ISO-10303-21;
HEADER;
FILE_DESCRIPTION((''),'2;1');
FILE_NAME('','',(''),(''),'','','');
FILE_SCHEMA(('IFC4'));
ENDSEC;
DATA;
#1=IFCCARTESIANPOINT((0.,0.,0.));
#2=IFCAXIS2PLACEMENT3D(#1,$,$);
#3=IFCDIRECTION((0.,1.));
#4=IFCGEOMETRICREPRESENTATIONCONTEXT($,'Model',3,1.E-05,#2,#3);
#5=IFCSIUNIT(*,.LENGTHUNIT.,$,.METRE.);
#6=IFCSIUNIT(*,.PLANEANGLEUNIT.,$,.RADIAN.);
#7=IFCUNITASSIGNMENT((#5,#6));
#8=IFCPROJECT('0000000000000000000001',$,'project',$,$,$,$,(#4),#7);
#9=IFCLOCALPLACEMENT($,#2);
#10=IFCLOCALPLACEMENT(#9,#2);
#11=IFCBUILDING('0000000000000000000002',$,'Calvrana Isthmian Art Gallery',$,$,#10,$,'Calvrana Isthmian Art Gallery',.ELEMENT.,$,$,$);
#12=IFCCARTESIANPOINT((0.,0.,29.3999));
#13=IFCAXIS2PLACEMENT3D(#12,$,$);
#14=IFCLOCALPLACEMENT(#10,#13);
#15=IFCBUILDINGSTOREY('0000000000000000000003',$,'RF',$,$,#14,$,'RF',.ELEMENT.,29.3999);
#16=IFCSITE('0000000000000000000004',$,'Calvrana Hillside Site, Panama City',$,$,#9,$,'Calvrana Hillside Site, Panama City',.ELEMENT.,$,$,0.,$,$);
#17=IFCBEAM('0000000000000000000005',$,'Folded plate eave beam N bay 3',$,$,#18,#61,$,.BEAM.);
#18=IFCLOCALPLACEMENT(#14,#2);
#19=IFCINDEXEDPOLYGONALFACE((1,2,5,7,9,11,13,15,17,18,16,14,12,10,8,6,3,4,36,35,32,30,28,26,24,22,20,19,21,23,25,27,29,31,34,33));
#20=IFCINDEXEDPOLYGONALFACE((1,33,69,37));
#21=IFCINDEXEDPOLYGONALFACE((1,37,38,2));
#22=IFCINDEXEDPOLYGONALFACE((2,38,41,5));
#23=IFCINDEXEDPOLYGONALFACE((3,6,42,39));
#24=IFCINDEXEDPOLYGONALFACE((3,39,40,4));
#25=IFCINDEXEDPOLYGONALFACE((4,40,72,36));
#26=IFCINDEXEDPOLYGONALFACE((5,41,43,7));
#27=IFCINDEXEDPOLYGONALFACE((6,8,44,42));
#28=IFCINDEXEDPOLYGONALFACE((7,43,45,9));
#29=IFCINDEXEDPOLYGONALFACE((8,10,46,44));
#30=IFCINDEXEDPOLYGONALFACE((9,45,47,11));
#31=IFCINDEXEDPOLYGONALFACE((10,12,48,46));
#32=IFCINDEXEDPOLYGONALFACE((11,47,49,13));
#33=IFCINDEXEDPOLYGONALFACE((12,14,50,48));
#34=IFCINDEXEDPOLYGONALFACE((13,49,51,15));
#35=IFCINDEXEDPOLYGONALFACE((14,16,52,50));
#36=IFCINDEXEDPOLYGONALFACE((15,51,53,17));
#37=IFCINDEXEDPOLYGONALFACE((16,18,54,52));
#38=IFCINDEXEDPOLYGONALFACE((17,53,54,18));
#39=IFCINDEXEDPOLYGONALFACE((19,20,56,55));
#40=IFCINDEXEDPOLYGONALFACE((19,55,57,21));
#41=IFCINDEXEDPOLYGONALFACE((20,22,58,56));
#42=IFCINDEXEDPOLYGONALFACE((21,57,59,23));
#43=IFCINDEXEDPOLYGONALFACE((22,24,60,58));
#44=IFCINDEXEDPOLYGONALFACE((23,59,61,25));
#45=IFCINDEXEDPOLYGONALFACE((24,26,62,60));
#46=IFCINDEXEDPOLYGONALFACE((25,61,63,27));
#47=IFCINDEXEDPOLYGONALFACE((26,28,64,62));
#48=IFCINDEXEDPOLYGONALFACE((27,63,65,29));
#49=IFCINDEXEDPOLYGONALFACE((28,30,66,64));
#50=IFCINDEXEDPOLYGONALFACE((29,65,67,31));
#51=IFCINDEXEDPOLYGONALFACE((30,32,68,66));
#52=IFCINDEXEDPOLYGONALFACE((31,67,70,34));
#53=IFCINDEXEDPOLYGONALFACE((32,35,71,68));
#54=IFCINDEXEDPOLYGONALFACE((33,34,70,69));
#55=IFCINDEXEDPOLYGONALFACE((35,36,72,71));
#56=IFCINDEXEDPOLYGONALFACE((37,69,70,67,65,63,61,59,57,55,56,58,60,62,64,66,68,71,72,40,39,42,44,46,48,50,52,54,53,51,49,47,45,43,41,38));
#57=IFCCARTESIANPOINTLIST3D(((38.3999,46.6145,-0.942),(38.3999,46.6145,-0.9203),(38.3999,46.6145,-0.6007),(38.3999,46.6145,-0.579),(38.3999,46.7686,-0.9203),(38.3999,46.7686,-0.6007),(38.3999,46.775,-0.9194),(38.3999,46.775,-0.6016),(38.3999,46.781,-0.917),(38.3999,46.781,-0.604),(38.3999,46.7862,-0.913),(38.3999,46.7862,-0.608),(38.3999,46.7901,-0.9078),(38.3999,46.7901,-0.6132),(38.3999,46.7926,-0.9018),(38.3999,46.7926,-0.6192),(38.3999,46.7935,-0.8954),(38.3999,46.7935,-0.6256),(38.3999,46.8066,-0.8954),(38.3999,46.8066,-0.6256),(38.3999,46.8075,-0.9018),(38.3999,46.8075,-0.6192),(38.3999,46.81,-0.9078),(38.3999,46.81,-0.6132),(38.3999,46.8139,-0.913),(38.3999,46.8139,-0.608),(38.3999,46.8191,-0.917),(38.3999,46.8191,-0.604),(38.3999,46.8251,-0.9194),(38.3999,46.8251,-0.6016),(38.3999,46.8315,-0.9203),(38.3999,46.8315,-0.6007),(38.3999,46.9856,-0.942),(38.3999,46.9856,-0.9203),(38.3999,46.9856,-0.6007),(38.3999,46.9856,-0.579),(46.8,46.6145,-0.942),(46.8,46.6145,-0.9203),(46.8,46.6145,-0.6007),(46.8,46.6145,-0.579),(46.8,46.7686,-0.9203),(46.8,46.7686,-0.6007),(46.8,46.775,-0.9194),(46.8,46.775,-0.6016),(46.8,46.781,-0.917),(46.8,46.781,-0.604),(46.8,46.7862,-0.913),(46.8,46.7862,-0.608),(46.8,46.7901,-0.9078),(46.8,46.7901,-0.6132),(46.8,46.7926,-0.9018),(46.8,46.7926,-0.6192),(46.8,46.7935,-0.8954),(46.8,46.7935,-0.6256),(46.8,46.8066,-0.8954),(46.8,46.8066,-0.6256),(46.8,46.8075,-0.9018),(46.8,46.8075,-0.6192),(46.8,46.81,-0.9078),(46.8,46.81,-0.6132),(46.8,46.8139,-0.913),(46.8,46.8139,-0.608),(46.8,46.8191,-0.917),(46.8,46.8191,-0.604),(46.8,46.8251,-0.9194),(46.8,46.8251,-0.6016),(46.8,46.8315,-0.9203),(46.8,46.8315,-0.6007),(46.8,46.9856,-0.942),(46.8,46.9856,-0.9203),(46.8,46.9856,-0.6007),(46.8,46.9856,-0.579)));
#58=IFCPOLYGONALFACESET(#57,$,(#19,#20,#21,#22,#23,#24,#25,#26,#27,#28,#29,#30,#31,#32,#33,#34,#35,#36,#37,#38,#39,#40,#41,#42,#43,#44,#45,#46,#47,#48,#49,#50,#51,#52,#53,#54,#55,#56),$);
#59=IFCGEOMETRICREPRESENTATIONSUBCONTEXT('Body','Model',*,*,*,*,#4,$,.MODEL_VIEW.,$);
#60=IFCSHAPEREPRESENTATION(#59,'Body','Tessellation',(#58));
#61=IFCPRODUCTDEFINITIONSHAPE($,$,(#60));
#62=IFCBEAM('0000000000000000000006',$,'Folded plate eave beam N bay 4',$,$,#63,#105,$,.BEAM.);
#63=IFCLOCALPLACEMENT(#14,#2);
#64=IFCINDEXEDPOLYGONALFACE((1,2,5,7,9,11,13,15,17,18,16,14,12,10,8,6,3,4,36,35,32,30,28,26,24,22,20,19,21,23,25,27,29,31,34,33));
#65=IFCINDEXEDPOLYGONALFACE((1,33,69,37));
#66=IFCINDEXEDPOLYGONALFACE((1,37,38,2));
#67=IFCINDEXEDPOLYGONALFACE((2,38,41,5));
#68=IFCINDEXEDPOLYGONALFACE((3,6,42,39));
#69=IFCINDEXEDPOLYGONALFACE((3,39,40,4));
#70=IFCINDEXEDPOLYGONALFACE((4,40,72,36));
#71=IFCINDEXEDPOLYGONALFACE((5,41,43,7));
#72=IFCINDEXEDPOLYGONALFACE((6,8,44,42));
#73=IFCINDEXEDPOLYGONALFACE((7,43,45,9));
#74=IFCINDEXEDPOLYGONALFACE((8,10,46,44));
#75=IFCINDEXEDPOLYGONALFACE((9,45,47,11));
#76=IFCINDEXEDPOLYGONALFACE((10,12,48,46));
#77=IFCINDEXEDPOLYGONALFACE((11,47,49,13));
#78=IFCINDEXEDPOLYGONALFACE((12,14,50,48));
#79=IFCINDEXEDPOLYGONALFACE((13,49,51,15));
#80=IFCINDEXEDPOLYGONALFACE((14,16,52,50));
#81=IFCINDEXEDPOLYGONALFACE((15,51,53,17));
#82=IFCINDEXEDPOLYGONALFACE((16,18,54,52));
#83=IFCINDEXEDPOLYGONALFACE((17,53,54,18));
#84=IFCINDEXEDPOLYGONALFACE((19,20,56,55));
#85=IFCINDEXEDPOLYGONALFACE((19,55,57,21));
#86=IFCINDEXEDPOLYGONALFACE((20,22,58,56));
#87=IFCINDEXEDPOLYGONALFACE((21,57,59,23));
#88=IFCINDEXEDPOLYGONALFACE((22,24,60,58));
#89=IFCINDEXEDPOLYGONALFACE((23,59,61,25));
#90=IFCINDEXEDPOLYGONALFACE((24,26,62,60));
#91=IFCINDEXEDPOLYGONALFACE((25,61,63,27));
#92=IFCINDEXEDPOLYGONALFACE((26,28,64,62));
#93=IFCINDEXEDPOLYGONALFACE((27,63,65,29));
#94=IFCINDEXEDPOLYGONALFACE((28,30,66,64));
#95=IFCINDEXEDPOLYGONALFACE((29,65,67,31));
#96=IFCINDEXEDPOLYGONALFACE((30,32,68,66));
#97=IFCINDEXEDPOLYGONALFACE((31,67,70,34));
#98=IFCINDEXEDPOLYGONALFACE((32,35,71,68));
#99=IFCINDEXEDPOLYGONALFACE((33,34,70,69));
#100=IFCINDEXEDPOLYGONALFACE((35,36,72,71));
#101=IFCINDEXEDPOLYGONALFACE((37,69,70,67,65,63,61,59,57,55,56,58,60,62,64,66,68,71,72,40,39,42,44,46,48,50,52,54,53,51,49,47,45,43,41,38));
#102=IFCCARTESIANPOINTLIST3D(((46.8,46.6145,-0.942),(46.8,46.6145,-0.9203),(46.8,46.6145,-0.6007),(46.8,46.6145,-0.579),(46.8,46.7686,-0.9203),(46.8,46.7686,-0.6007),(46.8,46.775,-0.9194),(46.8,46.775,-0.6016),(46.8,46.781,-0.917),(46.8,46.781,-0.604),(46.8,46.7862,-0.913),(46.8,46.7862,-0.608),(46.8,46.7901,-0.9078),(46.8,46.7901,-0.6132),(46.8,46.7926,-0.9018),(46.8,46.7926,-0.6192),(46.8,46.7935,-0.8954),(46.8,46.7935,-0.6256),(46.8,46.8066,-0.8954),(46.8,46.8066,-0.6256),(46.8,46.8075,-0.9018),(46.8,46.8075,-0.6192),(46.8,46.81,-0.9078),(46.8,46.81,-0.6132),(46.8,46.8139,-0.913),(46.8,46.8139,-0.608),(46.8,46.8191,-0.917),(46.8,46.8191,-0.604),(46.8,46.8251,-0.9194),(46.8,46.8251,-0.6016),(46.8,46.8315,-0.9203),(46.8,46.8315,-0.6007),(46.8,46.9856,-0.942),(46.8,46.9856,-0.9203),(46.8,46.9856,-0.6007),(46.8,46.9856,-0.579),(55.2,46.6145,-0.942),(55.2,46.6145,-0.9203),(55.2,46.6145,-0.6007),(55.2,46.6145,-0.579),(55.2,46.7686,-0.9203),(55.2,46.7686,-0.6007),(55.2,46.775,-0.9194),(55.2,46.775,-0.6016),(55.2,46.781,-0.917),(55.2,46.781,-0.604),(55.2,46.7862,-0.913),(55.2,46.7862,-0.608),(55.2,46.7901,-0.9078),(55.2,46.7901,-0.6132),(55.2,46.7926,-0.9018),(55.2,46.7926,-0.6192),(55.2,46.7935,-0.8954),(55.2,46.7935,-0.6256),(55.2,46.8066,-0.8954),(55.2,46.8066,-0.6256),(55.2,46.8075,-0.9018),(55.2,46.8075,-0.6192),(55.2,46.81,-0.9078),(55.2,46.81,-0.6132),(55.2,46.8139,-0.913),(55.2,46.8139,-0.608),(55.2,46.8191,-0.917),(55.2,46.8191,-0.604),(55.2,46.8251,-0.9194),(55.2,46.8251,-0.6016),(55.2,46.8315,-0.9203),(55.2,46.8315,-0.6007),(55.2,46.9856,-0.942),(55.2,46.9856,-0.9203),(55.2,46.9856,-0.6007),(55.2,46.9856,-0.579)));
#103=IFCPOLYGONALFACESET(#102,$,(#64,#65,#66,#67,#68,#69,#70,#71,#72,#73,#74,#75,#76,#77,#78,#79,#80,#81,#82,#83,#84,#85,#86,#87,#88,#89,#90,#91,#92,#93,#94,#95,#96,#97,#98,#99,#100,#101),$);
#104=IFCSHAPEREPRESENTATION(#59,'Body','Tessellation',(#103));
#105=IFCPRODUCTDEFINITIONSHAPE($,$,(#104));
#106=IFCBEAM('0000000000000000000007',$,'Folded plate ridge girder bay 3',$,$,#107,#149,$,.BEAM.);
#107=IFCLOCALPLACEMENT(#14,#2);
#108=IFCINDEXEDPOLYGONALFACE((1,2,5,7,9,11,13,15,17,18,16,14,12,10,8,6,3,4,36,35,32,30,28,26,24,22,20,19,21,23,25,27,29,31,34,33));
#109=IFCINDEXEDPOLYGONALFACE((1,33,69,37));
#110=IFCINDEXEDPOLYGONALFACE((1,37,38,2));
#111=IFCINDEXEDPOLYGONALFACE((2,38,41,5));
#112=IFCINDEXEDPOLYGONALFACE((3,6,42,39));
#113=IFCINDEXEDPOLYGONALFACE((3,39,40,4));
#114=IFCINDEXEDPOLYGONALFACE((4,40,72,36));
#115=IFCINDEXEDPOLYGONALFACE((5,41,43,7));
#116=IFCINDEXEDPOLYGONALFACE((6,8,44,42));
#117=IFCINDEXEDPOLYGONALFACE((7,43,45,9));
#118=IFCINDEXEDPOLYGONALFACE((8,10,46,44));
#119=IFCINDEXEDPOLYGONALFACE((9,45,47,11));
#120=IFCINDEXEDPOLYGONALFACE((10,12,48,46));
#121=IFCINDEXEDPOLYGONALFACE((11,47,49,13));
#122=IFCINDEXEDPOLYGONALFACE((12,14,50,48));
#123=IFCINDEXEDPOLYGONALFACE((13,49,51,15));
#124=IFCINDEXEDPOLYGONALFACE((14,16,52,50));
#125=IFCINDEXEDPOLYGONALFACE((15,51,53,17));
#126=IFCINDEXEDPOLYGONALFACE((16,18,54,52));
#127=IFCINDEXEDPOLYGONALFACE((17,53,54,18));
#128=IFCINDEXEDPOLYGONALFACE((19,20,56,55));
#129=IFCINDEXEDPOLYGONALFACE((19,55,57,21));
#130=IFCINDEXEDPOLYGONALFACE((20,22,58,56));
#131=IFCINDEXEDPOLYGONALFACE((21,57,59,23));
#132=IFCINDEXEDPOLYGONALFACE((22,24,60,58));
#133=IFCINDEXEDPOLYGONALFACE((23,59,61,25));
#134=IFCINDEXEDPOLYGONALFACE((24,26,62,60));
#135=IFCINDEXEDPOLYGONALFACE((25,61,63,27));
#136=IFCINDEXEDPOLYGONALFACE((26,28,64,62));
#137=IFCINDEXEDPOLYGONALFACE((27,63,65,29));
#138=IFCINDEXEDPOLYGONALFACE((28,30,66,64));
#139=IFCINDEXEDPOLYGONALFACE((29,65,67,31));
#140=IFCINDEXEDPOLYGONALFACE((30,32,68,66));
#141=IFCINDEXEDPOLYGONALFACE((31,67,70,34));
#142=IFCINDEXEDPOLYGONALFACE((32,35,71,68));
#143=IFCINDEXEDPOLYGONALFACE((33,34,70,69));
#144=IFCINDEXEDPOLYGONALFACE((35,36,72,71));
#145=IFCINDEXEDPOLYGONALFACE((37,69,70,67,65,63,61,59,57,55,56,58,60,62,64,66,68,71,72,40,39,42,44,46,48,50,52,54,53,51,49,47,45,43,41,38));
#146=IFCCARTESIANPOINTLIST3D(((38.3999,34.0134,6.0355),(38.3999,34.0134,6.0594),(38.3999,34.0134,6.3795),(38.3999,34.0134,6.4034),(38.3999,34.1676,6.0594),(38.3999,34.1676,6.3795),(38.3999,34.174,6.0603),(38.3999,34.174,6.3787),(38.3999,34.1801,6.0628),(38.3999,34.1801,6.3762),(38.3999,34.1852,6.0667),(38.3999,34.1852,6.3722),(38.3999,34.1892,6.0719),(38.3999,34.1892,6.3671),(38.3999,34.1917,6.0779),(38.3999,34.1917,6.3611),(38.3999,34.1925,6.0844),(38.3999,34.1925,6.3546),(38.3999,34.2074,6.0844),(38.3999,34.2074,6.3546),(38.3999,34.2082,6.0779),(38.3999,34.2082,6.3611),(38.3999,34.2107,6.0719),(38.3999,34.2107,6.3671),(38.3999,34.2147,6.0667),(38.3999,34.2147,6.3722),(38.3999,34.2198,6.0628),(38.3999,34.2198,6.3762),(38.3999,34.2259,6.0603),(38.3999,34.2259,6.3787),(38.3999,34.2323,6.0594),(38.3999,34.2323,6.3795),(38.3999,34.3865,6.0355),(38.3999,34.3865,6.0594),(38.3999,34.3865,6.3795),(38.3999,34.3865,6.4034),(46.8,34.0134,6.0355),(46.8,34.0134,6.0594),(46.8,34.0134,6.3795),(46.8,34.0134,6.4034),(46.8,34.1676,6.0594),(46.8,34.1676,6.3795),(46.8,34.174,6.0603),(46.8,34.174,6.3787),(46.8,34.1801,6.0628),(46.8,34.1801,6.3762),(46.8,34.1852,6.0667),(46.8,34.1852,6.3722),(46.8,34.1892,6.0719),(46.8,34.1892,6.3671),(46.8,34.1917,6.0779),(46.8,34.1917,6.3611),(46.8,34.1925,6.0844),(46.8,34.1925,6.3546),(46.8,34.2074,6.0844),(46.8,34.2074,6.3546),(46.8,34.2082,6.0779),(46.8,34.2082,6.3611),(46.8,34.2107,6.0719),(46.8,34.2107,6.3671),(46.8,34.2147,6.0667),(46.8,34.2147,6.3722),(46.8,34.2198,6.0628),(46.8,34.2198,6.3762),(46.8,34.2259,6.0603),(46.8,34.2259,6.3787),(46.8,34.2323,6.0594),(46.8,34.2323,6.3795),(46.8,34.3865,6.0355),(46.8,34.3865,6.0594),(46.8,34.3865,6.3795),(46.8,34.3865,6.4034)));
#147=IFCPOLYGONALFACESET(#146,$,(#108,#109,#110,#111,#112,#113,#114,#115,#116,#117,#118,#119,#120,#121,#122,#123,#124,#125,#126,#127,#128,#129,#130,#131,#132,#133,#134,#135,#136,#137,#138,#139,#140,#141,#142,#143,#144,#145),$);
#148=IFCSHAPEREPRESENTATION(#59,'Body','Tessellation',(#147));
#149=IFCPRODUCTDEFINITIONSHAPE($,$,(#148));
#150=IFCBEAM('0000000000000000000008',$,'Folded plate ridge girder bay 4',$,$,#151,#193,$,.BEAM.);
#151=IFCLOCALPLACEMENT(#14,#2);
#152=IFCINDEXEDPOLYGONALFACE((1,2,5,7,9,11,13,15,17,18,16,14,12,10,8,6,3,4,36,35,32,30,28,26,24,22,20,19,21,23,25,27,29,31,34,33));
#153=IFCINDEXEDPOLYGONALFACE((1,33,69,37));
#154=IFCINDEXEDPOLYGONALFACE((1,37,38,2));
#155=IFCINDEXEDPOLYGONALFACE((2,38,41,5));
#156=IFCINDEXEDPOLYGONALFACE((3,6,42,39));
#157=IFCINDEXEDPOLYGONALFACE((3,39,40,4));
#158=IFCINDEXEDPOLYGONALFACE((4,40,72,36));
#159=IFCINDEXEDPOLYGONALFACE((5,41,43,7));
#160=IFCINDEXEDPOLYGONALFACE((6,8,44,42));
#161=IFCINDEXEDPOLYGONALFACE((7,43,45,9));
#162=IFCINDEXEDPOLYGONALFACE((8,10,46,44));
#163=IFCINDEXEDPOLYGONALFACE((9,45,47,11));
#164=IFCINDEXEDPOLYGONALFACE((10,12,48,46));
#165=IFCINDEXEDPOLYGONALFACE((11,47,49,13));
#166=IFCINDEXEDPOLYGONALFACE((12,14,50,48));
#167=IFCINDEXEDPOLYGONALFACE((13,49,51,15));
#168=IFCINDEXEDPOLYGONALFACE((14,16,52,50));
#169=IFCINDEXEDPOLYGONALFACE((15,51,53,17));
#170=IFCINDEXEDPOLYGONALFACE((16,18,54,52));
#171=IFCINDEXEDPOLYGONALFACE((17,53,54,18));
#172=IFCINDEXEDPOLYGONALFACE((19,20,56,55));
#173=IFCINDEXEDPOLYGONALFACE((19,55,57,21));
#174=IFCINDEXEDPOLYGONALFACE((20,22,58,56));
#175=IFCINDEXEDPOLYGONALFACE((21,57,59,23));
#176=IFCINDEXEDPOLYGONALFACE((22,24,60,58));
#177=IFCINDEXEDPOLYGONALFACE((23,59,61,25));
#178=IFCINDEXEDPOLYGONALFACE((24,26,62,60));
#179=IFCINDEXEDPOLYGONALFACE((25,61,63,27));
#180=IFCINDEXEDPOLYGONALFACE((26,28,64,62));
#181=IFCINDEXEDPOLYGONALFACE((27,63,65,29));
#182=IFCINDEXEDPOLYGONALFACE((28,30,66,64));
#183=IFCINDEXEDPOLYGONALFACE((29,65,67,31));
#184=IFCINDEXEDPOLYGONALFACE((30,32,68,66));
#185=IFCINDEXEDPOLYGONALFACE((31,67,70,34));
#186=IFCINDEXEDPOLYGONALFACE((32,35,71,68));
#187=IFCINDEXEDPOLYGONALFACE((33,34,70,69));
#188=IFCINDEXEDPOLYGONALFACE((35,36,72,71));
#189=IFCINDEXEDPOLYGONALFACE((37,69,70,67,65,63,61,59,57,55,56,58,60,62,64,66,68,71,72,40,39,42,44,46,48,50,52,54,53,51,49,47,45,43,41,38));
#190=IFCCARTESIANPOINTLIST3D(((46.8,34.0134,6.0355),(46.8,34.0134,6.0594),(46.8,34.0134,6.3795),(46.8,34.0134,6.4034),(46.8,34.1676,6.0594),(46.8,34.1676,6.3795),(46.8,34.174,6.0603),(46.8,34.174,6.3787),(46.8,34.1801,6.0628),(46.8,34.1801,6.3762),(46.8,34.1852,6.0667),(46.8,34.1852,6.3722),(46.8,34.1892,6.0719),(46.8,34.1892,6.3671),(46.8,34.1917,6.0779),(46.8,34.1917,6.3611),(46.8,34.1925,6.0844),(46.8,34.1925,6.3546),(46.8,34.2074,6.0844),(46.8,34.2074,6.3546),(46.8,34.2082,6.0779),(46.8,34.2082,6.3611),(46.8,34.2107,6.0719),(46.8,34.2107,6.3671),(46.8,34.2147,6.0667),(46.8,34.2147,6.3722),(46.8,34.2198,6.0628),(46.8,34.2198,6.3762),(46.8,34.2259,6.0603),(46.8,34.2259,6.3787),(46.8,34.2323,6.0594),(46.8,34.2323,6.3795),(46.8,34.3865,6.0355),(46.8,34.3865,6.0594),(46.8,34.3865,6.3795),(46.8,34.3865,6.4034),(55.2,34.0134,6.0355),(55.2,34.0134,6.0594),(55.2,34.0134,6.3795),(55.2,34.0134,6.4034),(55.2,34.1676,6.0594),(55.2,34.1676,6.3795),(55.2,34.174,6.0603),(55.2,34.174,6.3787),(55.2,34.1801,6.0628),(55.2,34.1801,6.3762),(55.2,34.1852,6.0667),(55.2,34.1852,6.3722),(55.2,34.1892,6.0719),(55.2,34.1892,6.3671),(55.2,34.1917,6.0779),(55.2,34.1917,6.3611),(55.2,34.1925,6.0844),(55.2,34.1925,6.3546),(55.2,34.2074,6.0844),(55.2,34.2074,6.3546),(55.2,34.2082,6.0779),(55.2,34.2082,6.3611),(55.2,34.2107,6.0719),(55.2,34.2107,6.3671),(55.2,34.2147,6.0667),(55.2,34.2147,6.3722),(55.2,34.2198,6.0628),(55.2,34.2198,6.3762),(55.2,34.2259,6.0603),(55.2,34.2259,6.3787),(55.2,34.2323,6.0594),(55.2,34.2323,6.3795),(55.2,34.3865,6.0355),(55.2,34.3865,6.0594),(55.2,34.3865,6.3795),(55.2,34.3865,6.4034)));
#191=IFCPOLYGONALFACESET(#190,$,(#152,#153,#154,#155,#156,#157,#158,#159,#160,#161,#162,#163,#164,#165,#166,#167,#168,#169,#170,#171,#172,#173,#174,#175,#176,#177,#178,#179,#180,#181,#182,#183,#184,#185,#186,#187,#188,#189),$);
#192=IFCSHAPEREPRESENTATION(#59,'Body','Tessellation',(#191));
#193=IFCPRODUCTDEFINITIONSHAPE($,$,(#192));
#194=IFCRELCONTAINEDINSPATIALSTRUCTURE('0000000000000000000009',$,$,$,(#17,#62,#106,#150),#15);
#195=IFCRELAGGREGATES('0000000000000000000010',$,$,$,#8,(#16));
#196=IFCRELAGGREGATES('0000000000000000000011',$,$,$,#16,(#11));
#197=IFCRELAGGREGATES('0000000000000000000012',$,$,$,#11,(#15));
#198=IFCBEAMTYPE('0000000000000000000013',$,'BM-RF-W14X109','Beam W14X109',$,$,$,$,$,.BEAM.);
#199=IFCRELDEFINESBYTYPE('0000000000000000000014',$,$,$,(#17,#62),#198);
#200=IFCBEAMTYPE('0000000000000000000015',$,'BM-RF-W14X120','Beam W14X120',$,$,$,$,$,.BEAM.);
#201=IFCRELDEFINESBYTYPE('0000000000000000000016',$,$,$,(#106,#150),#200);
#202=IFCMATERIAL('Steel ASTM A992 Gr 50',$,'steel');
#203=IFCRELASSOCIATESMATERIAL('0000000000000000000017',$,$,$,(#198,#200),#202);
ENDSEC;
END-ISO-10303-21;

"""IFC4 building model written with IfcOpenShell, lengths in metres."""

from ifc_helpers import new_model, si_unit, direction, frame, origin, origin_2d, place, context, subcontext, project, spatial, i_section, extrude, material, material_profile, profile_set, type_object, element, save


model = new_model("IFC4")

# Units and contexts
model_context = context("Model", 3, precision=1e-05, world=origin(), true_north=direction((0.0, 1.0)))
body_context = subcontext(model_context, "Body", "Model", "MODEL_VIEW")
ifc_project = project(units=[si_unit("LENGTHUNIT", "METRE"), si_unit("PLANEANGLEUNIT", "RADIAN")], contexts=[model_context])

# Site, building, storey
site_placement = place(None, origin())
site = spatial("IfcSite", under=ifc_project, at=site_placement, Name="Calvrana Hillside Site, Panama City", LongName="Calvrana Hillside Site, Panama City", CompositionType="ELEMENT", RefElevation=0.0)
building_placement = place(site_placement, origin())
building = spatial("IfcBuilding", under=site, at=building_placement, Name="Calvrana Isthmian Art Gallery", LongName="Calvrana Isthmian Art Gallery", CompositionType="ELEMENT")
storey_placement = place(building_placement, frame((0.0, 0.0, 29.3999)))
storey = spatial("IfcBuildingStorey", under=building, at=storey_placement, Name="RF", LongName="RF", CompositionType="ELEMENT", Elevation=29.3999)

# Beams
ifc_material_1 = material(Name="Steel ASTM A992 Gr 50", Category="steel")
ifc_material_profile_1 = material_profile(ifc_material_1, i_section(OverallWidth=0.3711, OverallDepth=0.363, WebThickness=0.0132, FlangeThickness=0.0217, FilletRadius=0.0249, at=origin_2d()), Name="W14X109")
ifc_profile_set_1 = profile_set([ifc_material_profile_1], Name="Steel ASTM A992 Gr 50")
beam_type_1 = type_object("IfcBeamType", Name="BM-RF-W14X109", Description="Beam W14X109", PredefinedType="BEAM", material=ifc_profile_set_1)
beam_1_placement = place(storey_placement, frame((38.3999, 46.8, -0.7605), z_axis=(1.0, 0.0, 0.0), x_axis=(0.0, 1.0, 0.0)))
element("IfcBeam", 1, at=beam_1_placement, inside=storey, type_object=beam_type_1, Name="Folded plate eave beam N bay 3", PredefinedType="BEAM", context=body_context, shape_type="SweptSolid", body=[
    extrude(i_section(OverallWidth=0.3711, OverallDepth=0.363, WebThickness=0.0132, FlangeThickness=0.0217, FilletRadius=0.0249, at=origin_2d()), origin(), (0.0, 0.0, 1.0), 8.4001),
])
beam_2_placement = place(storey_placement, frame((46.8, 46.8, -0.7605), z_axis=(1.0, 0.0, 0.0), x_axis=(0.0, 1.0, 0.0)))
element("IfcBeam", 2, at=beam_2_placement, inside=storey, type_object=beam_type_1, Name="Folded plate eave beam N bay 4", PredefinedType="BEAM", context=body_context, shape_type="SweptSolid", body=[
    extrude(i_section(OverallWidth=0.3711, OverallDepth=0.363, WebThickness=0.0132, FlangeThickness=0.0217, FilletRadius=0.0249, at=origin_2d()), origin(), (0.0, 0.0, 1.0), 8.3999),
])
ifc_material_profile_2 = material_profile(ifc_material_1, i_section(OverallWidth=0.373, OverallDepth=0.3679, WebThickness=0.0149, FlangeThickness=0.0239, FilletRadius=0.0249, at=origin_2d()), Name="W14X120")
ifc_profile_set_2 = profile_set([ifc_material_profile_2], Name="Steel ASTM A992 Gr 50")
beam_type_2 = type_object("IfcBeamType", Name="BM-RF-W14X120", Description="Beam W14X120", PredefinedType="BEAM", material=ifc_profile_set_2)
beam_3_placement = place(storey_placement, frame((38.3999, 34.2, 6.2195), z_axis=(1.0, 0.0, 0.0), x_axis=(0.0, 1.0, 0.0)))
element("IfcBeam", 3, at=beam_3_placement, inside=storey, type_object=beam_type_2, Name="Folded plate ridge girder bay 3", PredefinedType="BEAM", context=body_context, shape_type="SweptSolid", body=[
    extrude(i_section(OverallWidth=0.373, OverallDepth=0.3679, WebThickness=0.0149, FlangeThickness=0.0239, FilletRadius=0.0249, at=origin_2d()), origin(), (0.0, 0.0, 1.0), 8.4001),
])
beam_4_placement = place(storey_placement, frame((46.8, 34.2, 6.2195), z_axis=(1.0, 0.0, 0.0), x_axis=(0.0, 1.0, 0.0)))
element("IfcBeam", 4, at=beam_4_placement, inside=storey, type_object=beam_type_2, Name="Folded plate ridge girder bay 4", PredefinedType="BEAM", context=body_context, shape_type="SweptSolid", body=[
    extrude(i_section(OverallWidth=0.373, OverallDepth=0.3679, WebThickness=0.0149, FlangeThickness=0.0239, FilletRadius=0.0249, at=origin_2d()), origin(), (0.0, 0.0, 1.0), 8.3999),
])

save(model, "model.ifc")
